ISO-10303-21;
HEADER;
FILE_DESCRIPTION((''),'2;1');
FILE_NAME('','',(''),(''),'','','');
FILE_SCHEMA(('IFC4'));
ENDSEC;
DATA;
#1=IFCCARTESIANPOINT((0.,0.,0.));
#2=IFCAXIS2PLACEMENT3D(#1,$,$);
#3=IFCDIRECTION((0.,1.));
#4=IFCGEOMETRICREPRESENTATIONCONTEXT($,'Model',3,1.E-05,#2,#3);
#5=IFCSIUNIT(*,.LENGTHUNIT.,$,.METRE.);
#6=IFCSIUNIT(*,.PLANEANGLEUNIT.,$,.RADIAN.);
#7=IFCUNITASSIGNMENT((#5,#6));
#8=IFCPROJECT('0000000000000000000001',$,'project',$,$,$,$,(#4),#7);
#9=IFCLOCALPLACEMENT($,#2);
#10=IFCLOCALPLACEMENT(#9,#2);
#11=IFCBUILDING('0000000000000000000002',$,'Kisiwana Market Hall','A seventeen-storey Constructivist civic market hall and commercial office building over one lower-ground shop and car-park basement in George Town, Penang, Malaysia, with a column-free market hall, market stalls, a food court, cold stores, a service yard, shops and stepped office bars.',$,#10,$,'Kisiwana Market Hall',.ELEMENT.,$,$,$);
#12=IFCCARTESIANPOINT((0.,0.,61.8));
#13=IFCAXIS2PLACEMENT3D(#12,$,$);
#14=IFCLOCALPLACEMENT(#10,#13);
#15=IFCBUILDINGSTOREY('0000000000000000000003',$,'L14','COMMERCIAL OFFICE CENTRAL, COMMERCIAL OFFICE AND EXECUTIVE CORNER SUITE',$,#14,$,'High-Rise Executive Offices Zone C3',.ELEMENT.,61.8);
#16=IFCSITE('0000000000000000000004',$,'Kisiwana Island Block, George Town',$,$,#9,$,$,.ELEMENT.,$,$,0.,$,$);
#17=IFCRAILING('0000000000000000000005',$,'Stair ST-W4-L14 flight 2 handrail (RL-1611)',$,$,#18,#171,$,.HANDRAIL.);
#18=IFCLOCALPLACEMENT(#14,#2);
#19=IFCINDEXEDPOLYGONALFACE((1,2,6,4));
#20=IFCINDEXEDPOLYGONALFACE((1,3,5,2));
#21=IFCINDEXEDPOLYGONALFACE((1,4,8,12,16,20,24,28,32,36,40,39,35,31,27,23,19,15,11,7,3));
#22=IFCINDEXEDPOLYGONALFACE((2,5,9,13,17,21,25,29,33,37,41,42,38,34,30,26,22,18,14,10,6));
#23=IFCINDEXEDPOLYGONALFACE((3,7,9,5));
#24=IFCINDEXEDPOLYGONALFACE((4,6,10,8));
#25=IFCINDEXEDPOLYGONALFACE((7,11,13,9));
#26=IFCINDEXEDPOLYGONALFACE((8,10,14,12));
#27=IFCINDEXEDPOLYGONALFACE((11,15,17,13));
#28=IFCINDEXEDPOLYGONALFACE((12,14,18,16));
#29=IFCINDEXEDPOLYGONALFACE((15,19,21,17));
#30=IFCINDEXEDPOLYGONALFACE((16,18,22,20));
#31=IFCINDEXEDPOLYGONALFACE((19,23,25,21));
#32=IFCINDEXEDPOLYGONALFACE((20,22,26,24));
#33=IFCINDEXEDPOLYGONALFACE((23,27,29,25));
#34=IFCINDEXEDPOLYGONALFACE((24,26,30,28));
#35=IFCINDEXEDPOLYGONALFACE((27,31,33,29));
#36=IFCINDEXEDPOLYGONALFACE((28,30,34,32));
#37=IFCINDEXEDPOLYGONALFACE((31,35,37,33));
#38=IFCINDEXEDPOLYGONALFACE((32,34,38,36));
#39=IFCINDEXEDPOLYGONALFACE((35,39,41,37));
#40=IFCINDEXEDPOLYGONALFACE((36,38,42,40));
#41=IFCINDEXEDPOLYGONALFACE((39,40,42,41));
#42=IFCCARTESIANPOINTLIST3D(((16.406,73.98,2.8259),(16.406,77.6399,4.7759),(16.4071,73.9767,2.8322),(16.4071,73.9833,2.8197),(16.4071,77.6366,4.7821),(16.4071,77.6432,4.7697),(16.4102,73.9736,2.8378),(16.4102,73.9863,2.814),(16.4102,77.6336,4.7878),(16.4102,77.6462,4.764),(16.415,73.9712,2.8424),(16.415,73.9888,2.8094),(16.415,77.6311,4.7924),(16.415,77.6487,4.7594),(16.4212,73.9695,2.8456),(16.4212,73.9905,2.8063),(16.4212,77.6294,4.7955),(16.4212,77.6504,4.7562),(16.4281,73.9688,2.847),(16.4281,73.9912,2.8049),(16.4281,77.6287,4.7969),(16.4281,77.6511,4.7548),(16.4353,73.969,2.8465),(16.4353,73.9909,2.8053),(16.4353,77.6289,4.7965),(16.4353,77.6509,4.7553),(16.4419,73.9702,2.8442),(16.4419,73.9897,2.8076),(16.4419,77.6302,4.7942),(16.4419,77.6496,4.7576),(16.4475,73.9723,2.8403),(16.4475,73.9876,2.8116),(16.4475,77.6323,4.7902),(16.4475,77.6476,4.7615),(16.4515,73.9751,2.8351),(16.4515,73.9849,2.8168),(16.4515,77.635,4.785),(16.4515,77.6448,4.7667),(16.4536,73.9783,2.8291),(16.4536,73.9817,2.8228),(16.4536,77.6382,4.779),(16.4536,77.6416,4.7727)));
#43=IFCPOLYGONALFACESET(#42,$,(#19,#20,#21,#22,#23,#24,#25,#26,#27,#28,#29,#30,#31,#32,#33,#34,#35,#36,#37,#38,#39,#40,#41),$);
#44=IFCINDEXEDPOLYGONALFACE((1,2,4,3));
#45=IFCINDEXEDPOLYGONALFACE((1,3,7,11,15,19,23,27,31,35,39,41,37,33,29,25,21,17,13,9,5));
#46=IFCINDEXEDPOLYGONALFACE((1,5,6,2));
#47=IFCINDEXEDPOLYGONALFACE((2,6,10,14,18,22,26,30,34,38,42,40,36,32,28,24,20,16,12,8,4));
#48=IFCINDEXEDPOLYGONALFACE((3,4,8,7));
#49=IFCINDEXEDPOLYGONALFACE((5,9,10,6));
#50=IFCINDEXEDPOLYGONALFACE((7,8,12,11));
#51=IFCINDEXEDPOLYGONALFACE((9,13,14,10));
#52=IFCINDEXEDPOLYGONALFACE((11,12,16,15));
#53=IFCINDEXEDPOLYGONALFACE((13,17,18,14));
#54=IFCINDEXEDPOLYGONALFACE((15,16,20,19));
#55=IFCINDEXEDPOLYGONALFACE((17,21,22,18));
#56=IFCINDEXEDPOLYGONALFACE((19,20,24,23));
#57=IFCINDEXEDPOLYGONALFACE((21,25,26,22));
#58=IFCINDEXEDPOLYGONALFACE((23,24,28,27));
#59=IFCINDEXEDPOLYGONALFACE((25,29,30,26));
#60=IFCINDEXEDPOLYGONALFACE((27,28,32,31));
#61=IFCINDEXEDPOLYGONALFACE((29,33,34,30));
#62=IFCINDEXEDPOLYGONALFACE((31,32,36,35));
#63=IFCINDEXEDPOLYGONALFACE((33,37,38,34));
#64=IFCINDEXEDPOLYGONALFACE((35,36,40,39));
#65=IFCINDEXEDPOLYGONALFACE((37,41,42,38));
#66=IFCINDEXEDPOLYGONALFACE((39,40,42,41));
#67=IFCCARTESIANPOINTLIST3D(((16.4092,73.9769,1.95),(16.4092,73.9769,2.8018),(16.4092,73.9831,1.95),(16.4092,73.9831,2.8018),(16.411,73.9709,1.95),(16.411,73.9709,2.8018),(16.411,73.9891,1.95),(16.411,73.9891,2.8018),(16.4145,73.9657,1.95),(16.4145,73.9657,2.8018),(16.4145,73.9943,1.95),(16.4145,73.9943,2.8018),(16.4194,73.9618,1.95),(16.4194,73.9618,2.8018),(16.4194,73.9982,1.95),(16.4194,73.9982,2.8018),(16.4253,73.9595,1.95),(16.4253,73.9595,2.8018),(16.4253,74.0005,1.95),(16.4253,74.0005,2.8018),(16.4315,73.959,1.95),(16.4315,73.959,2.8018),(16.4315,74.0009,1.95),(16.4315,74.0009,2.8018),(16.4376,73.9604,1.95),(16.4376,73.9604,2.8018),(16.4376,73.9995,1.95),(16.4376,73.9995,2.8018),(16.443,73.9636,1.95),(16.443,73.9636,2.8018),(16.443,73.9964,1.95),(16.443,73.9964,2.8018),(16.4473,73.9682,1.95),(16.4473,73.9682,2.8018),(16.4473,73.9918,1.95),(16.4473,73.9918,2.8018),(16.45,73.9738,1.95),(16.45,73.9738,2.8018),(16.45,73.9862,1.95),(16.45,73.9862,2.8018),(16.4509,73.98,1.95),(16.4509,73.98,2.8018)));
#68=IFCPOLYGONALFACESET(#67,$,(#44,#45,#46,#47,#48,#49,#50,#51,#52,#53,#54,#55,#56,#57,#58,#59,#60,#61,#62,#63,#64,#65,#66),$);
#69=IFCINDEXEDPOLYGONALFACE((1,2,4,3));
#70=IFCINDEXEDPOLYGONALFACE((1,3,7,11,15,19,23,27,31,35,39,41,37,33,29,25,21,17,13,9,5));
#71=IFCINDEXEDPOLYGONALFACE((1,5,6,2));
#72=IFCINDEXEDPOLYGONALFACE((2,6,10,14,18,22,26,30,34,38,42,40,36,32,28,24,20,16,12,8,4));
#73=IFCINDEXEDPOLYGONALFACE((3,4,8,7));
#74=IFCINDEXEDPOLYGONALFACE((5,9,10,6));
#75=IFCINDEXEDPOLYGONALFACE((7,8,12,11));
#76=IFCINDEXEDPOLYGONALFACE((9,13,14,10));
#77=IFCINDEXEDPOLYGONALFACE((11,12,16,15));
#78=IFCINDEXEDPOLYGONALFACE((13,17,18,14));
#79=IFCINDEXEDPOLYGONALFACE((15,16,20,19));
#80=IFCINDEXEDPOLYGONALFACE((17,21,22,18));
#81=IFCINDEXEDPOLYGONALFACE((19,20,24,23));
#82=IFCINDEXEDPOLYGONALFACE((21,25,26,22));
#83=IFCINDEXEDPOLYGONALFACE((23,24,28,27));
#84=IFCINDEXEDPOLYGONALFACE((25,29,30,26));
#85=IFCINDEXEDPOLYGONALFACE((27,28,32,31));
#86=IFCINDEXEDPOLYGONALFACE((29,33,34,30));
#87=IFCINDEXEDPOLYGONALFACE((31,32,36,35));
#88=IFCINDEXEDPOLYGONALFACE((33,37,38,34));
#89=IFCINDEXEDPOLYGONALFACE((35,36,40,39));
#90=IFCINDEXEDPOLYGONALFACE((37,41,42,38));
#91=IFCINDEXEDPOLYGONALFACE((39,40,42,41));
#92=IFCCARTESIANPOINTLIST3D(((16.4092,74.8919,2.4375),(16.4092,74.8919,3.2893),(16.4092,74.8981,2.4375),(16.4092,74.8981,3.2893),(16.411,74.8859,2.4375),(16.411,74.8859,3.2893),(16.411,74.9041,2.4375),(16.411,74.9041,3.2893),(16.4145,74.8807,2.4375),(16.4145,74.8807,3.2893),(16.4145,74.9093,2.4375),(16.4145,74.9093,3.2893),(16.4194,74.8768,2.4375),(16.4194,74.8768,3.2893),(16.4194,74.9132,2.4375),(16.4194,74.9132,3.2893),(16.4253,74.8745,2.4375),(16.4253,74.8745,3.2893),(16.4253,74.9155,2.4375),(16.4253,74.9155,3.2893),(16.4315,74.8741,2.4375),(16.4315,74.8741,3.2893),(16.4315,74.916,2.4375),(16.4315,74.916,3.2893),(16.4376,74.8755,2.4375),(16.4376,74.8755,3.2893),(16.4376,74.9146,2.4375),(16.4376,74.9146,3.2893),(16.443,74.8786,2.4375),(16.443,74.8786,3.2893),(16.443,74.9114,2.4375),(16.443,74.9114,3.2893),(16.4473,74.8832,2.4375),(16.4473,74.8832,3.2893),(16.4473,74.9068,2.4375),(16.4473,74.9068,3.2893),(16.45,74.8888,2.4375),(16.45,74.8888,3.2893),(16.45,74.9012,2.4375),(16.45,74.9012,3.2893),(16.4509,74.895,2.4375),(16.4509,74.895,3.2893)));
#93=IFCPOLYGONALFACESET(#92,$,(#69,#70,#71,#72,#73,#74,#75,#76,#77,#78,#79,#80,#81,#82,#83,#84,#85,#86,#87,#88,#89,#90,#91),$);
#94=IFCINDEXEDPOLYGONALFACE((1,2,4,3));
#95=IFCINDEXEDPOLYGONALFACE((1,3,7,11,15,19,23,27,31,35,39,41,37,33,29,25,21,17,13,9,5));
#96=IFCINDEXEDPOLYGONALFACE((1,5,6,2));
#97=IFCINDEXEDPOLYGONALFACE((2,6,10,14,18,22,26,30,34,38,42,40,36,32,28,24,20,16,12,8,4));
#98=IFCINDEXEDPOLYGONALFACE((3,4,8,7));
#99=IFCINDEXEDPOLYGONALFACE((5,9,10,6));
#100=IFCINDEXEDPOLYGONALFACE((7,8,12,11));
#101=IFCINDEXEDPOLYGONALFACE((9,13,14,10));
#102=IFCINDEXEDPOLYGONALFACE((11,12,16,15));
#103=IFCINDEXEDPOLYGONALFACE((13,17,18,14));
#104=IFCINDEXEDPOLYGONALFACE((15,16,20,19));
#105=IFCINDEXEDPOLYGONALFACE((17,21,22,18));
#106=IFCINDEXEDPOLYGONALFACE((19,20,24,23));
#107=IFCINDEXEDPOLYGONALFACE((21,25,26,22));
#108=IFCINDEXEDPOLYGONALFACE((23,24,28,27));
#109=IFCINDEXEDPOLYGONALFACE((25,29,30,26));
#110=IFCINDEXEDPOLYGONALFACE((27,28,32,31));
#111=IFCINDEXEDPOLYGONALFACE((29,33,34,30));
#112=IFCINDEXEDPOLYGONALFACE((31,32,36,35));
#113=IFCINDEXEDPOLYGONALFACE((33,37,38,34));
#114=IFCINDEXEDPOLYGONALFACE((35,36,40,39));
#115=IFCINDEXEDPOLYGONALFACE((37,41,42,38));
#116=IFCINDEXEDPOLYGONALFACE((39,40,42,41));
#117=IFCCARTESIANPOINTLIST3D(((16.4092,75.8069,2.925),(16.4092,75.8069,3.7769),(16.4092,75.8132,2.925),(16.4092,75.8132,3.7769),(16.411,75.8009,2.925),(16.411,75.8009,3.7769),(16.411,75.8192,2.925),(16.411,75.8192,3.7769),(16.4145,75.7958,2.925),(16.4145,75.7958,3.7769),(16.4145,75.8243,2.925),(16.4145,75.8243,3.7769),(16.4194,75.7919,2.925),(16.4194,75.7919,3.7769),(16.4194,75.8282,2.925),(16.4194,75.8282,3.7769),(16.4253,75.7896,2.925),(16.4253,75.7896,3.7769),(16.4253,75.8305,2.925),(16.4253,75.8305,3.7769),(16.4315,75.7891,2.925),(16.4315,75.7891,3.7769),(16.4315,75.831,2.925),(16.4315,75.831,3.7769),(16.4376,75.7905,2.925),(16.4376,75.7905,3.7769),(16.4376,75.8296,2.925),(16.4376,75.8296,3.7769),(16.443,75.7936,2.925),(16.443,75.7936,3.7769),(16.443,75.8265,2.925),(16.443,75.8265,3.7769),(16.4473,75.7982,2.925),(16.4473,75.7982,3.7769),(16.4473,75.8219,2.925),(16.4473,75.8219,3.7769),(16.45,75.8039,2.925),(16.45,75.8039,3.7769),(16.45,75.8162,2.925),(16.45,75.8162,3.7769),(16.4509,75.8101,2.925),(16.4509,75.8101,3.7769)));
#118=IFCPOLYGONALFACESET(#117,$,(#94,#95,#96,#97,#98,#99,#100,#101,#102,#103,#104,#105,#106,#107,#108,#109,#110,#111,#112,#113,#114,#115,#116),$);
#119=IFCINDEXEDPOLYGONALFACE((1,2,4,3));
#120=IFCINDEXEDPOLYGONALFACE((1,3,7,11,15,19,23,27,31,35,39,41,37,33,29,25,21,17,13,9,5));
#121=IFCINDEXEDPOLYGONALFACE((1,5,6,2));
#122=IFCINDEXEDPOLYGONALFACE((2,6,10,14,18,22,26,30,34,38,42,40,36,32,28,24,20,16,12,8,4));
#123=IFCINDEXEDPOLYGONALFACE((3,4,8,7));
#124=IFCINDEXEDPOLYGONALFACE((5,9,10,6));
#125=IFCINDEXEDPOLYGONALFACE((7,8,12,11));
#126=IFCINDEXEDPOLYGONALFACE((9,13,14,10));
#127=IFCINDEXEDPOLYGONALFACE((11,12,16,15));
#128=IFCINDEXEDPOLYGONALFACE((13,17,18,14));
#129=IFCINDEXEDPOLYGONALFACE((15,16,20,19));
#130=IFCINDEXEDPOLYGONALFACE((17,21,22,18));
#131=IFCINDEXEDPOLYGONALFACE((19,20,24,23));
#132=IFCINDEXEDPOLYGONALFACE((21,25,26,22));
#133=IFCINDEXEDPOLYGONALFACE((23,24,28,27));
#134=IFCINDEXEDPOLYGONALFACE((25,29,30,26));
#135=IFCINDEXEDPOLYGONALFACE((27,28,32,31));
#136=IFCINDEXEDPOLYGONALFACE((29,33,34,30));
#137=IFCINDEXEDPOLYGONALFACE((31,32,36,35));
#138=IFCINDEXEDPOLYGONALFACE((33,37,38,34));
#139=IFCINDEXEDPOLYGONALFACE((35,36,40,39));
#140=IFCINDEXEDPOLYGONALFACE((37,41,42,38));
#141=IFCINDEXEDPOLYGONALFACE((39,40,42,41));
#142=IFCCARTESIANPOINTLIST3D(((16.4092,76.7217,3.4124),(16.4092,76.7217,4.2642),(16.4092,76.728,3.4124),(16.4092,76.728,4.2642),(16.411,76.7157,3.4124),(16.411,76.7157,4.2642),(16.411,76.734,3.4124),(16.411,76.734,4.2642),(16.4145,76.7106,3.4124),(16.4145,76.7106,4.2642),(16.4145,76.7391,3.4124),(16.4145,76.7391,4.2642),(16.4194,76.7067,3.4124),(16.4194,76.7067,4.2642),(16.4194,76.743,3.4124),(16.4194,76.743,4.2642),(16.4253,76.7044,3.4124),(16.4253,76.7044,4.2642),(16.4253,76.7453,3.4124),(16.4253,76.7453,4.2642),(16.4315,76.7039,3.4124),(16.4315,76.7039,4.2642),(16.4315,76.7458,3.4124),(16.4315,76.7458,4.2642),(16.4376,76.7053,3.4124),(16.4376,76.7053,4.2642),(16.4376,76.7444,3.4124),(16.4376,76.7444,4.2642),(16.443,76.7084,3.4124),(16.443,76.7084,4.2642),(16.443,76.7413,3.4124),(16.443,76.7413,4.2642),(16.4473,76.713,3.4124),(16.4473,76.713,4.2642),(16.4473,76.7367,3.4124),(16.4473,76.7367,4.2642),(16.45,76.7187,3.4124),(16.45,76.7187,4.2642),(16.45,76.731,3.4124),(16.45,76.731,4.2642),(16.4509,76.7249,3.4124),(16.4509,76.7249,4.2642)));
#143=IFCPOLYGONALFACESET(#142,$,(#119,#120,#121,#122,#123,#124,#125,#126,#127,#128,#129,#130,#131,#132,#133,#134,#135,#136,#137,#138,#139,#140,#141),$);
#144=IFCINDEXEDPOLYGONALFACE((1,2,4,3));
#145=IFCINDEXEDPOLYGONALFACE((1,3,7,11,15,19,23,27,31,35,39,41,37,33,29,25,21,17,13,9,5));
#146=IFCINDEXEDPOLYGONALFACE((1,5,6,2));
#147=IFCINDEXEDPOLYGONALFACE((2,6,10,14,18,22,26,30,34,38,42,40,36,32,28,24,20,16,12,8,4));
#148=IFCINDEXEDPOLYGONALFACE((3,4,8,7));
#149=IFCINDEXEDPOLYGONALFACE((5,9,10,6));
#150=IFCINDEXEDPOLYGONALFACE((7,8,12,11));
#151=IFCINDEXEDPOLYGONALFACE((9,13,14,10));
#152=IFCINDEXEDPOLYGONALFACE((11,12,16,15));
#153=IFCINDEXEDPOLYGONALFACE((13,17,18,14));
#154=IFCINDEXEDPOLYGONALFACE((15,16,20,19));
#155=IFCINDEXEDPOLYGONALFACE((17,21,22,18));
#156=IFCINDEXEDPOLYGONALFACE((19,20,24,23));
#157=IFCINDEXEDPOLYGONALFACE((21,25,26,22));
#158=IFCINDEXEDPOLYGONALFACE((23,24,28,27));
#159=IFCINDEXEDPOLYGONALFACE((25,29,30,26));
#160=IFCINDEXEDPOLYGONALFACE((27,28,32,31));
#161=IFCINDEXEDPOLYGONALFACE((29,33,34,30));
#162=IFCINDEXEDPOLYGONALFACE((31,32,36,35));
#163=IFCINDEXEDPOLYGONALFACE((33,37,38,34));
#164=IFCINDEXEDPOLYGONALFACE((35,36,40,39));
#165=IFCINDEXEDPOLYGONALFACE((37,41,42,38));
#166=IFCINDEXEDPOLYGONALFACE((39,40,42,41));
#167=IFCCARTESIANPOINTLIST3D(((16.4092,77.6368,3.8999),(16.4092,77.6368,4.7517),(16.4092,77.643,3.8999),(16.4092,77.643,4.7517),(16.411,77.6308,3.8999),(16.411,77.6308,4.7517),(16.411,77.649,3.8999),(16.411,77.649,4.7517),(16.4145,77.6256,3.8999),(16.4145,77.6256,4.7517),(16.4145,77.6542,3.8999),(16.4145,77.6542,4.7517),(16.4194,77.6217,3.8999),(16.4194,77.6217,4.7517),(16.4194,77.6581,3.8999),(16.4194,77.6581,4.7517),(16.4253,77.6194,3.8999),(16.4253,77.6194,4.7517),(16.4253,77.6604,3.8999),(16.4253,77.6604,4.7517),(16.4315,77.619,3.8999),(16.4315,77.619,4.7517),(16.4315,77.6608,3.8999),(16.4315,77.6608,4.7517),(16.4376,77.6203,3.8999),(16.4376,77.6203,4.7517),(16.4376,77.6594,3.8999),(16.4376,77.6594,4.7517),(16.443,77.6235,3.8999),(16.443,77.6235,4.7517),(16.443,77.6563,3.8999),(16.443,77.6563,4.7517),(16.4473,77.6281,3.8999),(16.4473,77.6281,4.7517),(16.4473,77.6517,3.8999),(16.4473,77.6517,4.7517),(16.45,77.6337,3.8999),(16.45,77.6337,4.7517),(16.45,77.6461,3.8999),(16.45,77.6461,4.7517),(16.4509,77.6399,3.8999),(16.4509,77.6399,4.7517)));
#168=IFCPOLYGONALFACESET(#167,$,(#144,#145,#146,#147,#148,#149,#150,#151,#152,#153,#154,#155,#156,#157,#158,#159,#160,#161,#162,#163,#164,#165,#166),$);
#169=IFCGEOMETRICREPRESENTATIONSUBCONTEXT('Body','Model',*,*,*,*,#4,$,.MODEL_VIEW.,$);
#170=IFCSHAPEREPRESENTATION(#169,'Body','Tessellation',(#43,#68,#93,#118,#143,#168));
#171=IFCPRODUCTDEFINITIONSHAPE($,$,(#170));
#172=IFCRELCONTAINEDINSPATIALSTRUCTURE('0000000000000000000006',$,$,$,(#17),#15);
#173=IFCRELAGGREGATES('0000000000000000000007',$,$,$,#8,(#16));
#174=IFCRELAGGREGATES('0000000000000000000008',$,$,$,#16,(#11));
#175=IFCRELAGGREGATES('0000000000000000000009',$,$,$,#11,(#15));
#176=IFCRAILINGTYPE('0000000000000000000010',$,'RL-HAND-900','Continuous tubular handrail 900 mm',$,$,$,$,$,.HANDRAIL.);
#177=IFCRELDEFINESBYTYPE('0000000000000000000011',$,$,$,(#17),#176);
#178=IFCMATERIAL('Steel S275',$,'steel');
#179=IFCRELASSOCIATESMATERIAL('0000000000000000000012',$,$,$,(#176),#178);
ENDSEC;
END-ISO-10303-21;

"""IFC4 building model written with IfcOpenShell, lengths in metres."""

from ifc_helpers import new_model, si_unit, direction, frame, origin, origin_2d, place, context, subcontext, project, spatial, circle, extrude, material, type_object, element, save


model = new_model("IFC4")

# Units and contexts
model_context = context("Model", 3, precision=1e-05, world=origin(), true_north=direction((0.0, 1.0)))
body_context = subcontext(model_context, "Body", "Model", "MODEL_VIEW")
ifc_project = project(units=[si_unit("LENGTHUNIT", "METRE"), si_unit("PLANEANGLEUNIT", "RADIAN")], contexts=[model_context])

# Site, building, storey
site_placement = place(None, origin())
site = spatial("IfcSite", under=ifc_project, at=site_placement, Name="Kisiwana Island Block, George Town", CompositionType="ELEMENT", RefElevation=0.0)
building_placement = place(site_placement, origin())
building = spatial("IfcBuilding", under=site, at=building_placement, Name="Kisiwana Market Hall", Description="A seventeen-storey Constructivist civic market hall and commercial office building over one lower-ground shop and car-park basement in George Town, Penang, Malaysia, with a column-free market hall, market stalls, a food court, cold stores, a service yard, shops and stepped office bars.", LongName="Kisiwana Market Hall", CompositionType="ELEMENT")
storey_placement = place(building_placement, frame((0.0, 0.0, 61.8)))
storey = spatial("IfcBuildingStorey", under=building, at=storey_placement, Name="L14", Description="COMMERCIAL OFFICE CENTRAL, COMMERCIAL OFFICE AND EXECUTIVE CORNER SUITE", LongName="High-Rise Executive Offices Zone C3", CompositionType="ELEMENT", Elevation=61.8)

# Railing
ifc_material_1 = material(Name="Steel S275", Category="steel")
railing_type_1 = type_object("IfcRailingType", Name="RL-HAND-900", Description="Continuous tubular handrail 900 mm", PredefinedType="HANDRAIL", material=ifc_material_1)
for number, where, name in (
    (1, (16.4299, 73.98, 1.95), "Stair ST-W4-L14 flight 2 handrail (RL-1611)"),
):
    element("IfcRailing", number, at=place(storey_placement, frame(where)), inside=storey, type_object=railing_type_1, Name=name, PredefinedType="HANDRAIL", context=body_context, shape_type="SweptSolid", body=[
        extrude(circle(Radius=0.0239, at=origin_2d()), frame((0.0, 0.0, 0.876), z_axis=(0.0, 0.882553, 0.470212), x_axis=(-1.0, 0.0, 0.0)), (0.0, 0.0, 1.0), 4.147),
        extrude(circle(Radius=0.021, at=origin_2d()), origin(), (0.0, 0.0, 1.0), 0.8518),
        extrude(circle(Radius=0.021, at=origin_2d()), frame((0.0, 0.915, 0.4875)), (0.0, 0.0, 1.0), 0.8518),
        extrude(circle(Radius=0.021, at=origin_2d()), frame((0.0, 1.8301, 0.9751)), (0.0, 0.0, 1.0), 0.8518),
        extrude(circle(Radius=0.021, at=origin_2d()), frame((0.0, 2.7449, 1.4624)), (0.0, 0.0, 1.0), 0.8518),
        extrude(circle(Radius=0.021, at=origin_2d()), frame((0.0, 3.6599, 1.95)), (0.0, 0.0, 1.0), 0.8518),
    ])

save(model, "model.ifc")
